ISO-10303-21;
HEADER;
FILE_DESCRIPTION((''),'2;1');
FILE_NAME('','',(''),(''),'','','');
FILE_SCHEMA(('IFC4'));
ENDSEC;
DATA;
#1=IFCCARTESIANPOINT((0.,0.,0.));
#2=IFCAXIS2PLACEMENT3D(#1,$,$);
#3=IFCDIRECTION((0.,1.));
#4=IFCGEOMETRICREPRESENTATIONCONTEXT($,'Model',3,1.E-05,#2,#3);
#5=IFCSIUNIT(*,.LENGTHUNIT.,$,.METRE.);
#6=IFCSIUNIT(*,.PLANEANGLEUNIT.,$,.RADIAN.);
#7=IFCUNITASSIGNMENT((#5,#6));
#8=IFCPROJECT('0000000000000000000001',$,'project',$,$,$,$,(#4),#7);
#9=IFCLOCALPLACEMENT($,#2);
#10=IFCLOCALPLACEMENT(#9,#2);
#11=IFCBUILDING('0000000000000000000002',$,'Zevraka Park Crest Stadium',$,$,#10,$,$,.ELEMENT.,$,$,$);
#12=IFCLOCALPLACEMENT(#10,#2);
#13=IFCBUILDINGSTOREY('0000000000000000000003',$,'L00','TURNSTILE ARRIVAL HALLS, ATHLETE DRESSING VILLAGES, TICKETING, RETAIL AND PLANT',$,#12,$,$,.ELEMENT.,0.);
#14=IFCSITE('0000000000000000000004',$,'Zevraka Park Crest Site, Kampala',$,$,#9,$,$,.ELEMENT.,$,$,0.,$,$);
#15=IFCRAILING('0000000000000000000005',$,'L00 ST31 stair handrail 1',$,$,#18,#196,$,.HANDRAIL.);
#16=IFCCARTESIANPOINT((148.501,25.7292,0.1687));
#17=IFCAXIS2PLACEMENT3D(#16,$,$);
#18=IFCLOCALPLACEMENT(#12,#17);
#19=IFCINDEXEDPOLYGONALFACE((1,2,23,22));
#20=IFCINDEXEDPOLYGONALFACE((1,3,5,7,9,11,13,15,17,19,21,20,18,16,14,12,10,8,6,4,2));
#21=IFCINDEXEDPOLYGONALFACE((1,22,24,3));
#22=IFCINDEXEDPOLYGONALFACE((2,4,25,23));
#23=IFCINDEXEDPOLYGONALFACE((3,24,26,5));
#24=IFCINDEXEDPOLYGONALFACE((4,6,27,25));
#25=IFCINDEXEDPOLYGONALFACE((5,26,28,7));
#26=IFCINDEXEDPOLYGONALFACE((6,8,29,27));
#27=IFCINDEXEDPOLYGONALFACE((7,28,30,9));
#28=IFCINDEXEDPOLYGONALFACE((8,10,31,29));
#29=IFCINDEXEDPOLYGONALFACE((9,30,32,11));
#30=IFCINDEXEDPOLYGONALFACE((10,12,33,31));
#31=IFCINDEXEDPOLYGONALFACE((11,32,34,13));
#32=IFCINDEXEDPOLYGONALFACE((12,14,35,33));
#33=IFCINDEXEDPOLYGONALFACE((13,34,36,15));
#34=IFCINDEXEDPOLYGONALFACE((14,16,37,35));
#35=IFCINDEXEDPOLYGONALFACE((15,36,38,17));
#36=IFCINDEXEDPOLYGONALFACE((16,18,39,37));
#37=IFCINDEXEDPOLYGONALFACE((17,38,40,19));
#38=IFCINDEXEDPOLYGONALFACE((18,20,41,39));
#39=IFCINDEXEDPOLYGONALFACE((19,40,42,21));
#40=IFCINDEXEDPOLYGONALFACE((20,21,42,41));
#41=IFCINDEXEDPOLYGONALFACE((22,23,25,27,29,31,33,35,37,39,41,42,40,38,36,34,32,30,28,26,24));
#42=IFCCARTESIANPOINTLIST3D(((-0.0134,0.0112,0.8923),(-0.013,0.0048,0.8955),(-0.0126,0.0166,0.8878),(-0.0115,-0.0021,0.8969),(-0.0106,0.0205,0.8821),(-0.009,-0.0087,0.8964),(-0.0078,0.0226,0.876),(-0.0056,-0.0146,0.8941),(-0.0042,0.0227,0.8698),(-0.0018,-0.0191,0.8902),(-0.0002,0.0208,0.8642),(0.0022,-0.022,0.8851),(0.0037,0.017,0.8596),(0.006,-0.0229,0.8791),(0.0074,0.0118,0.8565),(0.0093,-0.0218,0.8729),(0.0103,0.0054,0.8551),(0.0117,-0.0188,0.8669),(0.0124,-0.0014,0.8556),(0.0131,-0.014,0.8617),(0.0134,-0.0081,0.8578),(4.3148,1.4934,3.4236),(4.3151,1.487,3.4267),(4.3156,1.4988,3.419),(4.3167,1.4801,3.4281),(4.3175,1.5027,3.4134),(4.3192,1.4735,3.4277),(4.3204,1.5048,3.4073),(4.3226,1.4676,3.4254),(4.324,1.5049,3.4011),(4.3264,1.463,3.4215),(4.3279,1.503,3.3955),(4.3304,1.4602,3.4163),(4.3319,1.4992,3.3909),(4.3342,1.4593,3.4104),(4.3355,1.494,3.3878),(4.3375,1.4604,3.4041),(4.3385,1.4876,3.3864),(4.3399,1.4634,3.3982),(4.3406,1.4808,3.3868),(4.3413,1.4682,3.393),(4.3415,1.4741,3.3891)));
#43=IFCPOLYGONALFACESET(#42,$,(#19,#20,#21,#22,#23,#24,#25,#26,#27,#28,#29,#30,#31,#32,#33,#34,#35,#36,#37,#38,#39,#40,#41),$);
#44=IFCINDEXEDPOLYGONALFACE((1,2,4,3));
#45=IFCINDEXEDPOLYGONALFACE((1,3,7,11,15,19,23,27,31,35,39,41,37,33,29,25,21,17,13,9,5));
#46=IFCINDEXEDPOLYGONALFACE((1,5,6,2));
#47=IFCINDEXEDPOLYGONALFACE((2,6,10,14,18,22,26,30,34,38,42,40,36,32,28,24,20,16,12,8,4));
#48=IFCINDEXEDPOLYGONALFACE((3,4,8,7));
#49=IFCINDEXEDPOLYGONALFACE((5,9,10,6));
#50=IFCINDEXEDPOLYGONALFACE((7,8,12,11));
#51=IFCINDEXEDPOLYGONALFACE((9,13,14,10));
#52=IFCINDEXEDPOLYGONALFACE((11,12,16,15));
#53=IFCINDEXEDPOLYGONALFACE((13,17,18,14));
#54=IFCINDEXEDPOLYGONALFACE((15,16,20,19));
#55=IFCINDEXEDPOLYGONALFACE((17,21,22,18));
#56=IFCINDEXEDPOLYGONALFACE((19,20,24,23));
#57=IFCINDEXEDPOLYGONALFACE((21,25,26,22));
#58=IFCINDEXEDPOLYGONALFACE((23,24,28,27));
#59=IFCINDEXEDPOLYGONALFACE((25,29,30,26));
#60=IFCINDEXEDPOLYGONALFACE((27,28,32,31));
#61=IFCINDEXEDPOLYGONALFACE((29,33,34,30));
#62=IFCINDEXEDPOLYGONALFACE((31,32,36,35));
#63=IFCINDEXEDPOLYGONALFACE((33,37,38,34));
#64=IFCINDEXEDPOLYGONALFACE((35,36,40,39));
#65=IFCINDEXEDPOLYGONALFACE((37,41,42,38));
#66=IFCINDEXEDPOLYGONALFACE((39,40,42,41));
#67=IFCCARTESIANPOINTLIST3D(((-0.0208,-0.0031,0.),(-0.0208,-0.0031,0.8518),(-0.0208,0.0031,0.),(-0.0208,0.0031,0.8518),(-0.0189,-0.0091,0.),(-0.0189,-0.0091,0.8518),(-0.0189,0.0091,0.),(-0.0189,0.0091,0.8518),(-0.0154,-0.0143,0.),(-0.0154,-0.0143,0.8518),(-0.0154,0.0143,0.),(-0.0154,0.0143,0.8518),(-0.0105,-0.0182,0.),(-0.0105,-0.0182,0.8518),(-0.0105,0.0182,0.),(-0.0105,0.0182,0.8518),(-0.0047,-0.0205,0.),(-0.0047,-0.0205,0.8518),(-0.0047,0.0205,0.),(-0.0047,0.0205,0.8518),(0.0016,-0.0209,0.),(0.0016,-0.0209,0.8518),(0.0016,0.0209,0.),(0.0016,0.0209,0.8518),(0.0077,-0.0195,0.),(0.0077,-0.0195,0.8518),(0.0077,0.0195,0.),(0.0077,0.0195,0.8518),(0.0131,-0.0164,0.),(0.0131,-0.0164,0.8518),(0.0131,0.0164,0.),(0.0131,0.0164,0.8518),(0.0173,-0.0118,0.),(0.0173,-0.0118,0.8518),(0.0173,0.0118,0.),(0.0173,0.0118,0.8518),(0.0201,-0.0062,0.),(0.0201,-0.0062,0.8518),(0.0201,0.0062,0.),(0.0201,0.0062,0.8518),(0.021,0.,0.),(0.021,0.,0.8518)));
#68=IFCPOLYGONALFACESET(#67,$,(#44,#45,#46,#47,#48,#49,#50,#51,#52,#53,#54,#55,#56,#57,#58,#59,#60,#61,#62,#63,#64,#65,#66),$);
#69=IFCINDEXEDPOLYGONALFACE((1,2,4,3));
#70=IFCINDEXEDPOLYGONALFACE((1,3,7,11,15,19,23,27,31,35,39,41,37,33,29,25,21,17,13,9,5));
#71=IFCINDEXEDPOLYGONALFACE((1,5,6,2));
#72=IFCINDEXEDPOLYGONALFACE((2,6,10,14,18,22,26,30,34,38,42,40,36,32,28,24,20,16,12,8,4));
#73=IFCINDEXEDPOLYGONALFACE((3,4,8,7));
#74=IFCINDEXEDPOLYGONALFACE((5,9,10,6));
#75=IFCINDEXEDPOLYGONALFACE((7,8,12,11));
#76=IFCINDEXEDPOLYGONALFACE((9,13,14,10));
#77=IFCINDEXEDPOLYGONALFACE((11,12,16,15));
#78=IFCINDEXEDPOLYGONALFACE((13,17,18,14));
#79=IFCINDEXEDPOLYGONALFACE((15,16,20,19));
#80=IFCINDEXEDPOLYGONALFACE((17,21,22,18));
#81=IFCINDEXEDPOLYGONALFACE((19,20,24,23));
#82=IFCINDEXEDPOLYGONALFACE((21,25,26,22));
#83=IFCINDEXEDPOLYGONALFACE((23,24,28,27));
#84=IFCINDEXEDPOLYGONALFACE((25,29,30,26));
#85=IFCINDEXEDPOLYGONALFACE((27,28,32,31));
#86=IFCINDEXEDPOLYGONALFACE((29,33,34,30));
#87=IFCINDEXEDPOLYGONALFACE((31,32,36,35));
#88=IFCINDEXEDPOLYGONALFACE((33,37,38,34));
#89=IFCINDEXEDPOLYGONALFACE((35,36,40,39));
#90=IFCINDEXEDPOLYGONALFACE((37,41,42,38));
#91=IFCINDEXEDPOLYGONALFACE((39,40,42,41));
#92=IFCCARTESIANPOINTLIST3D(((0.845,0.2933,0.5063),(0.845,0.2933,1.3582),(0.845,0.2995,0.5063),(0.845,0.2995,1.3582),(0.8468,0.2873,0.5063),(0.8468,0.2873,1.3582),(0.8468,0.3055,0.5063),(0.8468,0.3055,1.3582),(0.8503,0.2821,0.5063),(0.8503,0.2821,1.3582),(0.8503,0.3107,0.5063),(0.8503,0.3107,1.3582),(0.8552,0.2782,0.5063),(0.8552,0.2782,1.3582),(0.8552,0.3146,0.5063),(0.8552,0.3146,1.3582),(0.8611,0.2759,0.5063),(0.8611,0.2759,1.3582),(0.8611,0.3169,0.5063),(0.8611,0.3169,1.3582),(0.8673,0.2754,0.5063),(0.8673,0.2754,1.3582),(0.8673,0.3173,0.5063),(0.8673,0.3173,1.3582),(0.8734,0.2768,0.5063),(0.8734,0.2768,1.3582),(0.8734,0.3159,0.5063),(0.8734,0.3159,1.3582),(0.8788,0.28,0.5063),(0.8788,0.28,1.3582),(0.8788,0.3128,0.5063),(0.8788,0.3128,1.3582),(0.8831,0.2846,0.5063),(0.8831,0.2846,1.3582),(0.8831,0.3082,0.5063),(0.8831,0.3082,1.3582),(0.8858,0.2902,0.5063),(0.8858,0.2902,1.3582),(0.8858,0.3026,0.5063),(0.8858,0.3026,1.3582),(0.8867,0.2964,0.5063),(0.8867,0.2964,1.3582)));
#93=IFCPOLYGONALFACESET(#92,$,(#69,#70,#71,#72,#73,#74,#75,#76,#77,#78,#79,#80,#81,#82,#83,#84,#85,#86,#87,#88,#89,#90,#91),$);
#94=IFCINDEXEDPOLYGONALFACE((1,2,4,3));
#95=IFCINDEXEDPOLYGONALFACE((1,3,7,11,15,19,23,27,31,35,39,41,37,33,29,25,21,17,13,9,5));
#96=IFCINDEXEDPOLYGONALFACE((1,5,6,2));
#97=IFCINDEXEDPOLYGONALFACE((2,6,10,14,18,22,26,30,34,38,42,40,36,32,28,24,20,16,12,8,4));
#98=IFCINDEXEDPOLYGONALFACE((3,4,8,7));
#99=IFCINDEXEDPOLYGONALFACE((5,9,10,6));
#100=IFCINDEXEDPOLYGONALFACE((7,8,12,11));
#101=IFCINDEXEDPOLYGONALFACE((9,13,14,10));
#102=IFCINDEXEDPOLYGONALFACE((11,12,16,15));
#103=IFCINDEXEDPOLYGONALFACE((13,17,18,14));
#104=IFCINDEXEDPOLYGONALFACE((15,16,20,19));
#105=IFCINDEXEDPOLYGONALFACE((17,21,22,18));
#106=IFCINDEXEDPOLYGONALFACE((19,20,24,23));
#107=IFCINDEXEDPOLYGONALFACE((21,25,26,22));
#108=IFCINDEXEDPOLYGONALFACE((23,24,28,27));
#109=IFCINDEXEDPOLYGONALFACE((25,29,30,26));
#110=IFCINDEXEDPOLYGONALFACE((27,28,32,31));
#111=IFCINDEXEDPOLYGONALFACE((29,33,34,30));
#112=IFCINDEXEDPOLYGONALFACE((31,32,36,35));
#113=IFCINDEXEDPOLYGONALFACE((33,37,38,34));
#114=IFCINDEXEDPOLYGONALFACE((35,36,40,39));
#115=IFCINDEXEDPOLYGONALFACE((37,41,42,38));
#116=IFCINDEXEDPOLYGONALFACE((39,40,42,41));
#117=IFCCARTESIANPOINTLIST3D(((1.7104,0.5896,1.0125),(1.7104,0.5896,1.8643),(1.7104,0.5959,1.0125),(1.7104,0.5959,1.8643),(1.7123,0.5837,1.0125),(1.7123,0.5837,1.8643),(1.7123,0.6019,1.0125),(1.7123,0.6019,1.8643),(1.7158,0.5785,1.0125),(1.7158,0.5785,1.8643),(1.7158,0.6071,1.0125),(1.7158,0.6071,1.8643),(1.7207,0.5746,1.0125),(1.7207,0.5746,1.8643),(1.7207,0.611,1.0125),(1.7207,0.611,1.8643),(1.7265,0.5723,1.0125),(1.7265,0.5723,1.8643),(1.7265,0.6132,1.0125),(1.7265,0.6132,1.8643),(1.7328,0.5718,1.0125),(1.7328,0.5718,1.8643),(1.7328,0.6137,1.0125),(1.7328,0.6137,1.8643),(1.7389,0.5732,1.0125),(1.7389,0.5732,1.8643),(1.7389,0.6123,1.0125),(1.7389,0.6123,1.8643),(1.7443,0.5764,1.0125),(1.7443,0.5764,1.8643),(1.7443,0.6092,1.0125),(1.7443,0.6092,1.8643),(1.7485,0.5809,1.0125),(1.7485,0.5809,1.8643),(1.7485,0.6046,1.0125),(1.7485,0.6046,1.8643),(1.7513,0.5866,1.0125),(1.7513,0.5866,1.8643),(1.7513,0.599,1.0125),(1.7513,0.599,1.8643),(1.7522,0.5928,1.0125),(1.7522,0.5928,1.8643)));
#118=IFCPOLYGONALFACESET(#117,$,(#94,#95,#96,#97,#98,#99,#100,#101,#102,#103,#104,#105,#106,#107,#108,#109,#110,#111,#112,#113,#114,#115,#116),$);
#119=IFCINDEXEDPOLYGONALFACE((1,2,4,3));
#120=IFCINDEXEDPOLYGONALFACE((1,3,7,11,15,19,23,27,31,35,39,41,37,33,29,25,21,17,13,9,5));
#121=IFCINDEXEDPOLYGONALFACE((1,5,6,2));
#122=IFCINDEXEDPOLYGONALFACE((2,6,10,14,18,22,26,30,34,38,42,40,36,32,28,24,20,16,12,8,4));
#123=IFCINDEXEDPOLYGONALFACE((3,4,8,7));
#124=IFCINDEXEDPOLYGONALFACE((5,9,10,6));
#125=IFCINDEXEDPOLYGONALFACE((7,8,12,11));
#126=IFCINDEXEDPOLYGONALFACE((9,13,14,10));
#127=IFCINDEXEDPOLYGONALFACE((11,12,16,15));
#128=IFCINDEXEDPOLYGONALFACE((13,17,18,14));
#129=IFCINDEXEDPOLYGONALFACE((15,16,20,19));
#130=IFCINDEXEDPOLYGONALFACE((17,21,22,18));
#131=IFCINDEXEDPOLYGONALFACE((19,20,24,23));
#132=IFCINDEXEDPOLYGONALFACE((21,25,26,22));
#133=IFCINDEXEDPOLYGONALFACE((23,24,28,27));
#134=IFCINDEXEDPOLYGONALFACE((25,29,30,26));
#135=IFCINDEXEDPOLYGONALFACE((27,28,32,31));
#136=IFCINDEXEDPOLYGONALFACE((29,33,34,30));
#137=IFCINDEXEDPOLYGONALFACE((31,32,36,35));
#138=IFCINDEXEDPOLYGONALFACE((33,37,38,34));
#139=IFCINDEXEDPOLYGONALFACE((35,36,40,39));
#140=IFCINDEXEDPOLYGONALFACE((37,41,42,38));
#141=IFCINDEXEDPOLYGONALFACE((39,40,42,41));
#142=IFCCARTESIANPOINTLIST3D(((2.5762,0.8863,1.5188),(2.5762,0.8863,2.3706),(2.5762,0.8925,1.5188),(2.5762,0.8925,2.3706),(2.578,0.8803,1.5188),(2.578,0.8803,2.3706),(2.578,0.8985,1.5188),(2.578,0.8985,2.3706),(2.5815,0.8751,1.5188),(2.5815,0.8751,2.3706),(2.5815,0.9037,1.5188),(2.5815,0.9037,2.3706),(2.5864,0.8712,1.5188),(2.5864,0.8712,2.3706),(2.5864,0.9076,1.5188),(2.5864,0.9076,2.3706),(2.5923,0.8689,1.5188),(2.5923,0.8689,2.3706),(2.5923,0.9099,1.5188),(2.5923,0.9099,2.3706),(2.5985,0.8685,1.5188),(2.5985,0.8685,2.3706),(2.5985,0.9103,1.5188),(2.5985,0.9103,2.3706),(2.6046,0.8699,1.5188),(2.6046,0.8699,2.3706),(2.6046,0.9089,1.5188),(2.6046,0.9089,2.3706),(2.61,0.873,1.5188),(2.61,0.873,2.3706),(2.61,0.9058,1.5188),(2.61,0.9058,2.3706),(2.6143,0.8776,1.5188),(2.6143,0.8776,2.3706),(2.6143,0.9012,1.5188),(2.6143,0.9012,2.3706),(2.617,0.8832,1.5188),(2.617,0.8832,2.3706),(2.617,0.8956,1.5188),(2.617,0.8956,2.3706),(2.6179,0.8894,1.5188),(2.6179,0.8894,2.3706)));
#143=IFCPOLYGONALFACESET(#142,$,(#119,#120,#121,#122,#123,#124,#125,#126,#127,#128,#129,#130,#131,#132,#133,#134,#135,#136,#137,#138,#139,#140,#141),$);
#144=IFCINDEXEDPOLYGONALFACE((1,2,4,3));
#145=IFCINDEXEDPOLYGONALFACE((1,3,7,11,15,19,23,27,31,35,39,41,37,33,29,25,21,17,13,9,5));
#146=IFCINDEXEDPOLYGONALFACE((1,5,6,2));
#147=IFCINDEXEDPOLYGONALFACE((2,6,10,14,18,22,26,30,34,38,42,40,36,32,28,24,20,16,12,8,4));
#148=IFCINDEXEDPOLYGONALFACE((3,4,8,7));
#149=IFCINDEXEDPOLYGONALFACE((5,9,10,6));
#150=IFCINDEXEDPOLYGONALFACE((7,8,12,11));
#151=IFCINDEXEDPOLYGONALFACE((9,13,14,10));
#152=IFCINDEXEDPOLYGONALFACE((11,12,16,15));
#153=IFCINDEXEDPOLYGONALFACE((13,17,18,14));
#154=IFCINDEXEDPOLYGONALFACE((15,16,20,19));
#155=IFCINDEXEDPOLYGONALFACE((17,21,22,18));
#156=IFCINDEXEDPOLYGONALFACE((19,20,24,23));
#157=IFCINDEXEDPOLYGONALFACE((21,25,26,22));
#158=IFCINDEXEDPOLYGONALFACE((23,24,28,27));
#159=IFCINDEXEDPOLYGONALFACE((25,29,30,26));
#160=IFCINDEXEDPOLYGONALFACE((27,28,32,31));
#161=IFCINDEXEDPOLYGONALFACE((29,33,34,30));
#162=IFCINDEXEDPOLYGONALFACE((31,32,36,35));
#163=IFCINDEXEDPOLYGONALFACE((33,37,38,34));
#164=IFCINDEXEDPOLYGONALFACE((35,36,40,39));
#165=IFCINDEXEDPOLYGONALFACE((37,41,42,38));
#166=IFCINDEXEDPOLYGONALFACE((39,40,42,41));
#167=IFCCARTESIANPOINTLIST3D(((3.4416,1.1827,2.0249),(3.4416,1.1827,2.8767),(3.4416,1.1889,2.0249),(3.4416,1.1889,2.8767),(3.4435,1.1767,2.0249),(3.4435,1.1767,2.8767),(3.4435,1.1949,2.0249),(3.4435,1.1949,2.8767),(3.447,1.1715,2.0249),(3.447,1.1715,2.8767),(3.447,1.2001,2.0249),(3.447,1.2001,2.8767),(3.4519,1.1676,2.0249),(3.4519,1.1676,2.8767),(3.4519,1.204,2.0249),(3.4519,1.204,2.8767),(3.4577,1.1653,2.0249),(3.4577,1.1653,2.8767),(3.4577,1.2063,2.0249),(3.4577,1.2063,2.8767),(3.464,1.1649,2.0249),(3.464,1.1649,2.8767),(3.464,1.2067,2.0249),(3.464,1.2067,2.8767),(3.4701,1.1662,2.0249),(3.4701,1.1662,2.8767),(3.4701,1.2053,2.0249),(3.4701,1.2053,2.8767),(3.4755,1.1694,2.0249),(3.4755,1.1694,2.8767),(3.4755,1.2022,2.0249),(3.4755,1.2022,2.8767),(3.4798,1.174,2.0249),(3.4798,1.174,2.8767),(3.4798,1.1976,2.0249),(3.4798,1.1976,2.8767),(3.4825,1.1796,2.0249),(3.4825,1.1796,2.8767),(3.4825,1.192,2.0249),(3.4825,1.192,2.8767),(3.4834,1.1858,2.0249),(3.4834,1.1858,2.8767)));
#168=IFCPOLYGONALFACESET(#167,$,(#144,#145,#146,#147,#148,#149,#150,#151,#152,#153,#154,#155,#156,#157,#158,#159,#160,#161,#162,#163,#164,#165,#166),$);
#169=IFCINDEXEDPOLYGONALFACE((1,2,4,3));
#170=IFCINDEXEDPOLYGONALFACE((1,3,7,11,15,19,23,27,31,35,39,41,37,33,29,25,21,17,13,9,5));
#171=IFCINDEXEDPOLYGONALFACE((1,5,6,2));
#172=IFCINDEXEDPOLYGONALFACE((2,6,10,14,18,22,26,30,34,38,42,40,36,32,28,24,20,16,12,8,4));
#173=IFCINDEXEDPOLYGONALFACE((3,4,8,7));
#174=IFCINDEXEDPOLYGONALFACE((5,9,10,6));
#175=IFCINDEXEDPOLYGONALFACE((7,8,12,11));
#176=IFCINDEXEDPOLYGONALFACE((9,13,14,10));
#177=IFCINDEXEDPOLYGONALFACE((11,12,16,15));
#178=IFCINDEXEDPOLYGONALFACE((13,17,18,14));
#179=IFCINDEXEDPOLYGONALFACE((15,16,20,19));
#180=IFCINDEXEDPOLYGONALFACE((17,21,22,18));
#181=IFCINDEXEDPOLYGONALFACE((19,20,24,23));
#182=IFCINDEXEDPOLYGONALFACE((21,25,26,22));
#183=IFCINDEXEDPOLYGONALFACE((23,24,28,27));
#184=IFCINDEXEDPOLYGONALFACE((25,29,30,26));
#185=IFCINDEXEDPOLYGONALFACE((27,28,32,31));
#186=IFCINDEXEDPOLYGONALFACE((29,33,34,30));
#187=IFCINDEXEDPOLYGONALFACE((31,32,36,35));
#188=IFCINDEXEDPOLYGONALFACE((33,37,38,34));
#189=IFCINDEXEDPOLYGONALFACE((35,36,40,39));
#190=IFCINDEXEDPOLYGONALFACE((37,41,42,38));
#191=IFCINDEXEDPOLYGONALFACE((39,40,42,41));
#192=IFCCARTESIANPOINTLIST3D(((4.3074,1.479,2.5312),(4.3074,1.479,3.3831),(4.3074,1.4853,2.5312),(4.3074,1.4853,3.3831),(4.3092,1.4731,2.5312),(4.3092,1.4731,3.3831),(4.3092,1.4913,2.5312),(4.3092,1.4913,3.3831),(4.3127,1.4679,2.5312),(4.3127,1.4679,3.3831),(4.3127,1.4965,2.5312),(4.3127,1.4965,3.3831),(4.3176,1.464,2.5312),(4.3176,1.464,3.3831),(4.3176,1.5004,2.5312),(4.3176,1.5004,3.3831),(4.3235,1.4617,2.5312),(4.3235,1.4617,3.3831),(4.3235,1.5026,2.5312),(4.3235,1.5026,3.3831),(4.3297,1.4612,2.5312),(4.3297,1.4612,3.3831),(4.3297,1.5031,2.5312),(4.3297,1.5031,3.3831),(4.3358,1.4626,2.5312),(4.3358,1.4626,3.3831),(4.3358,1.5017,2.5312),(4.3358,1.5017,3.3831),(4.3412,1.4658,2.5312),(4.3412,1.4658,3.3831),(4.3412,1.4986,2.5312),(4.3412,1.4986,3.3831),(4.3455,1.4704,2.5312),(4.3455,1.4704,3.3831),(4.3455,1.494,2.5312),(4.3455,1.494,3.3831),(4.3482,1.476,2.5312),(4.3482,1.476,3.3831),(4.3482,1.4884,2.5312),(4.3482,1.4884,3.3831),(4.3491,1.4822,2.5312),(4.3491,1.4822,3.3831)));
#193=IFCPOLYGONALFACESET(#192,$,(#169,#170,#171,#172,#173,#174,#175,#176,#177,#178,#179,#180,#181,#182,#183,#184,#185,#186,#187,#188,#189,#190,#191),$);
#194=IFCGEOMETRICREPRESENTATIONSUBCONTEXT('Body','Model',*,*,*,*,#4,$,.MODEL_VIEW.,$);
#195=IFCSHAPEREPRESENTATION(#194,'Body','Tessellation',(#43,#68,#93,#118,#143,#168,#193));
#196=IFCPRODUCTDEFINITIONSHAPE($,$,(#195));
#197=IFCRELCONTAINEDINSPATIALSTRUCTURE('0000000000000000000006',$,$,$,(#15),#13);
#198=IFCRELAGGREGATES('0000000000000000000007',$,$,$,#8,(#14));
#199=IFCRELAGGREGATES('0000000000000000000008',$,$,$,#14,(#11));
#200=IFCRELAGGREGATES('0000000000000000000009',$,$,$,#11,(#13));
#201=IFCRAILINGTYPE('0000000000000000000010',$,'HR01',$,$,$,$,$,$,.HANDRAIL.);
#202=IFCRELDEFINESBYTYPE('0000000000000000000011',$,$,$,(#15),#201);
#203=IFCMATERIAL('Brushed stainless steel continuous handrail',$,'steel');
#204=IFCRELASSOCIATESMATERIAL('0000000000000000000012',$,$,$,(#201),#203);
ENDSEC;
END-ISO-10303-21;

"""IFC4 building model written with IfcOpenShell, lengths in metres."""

from ifc_helpers import new_model, si_unit, direction, frame, origin, origin_2d, place, context, subcontext, project, spatial, circle, extrude, material, type_object, element, save


model = new_model("IFC4")

# Units and contexts
model_context = context("Model", 3, precision=1e-05, world=origin(), true_north=direction((0.0, 1.0)))
body_context = subcontext(model_context, "Body", "Model", "MODEL_VIEW")
ifc_project = project(units=[si_unit("LENGTHUNIT", "METRE"), si_unit("PLANEANGLEUNIT", "RADIAN")], contexts=[model_context])

# Site, building, storey
site_placement = place(None, origin())
site = spatial("IfcSite", under=ifc_project, at=site_placement, Name="Zevraka Park Crest Site, Kampala", CompositionType="ELEMENT", RefElevation=0.0)
building_placement = place(site_placement, origin())
building = spatial("IfcBuilding", under=site, at=building_placement, Name="Zevraka Park Crest Stadium", CompositionType="ELEMENT")
storey_placement = place(building_placement, origin())
storey = spatial("IfcBuildingStorey", under=building, at=storey_placement, Name="L00", Description="TURNSTILE ARRIVAL HALLS, ATHLETE DRESSING VILLAGES, TICKETING, RETAIL AND PLANT", CompositionType="ELEMENT", Elevation=0.0)

# Railing
ifc_material_1 = material(Name="Brushed stainless steel continuous handrail", Category="steel")
railing_type_1 = type_object("IfcRailingType", Name="HR01", PredefinedType="HANDRAIL", material=ifc_material_1)
railing_1_placement = place(storey_placement, frame((148.501, 25.7292, 0.1687)))
element("IfcRailing", 1, at=railing_1_placement, inside=storey, type_object=railing_type_1, Name="L00 ST31 stair handrail 1", PredefinedType="HANDRAIL", context=body_context, shape_type="SweptSolid", body=[
    extrude(circle(Radius=0.0239, at=origin_2d()), frame((0.0, 0.0, 0.876), z_axis=(0.827802, 0.283483, 0.48413), x_axis=(-0.323982, 0.946063, 0.0)), (0.0, 0.0, 1.0), 5.2285),
    extrude(circle(Radius=0.021, at=origin_2d()), origin(), (0.0, 0.0, 1.0), 0.8518),
    extrude(circle(Radius=0.021, at=origin_2d()), frame((0.8657, 0.2964, 0.5063)), (0.0, 0.0, 1.0), 0.8518),
    extrude(circle(Radius=0.021, at=origin_2d()), frame((1.7312, 0.5928, 1.0125)), (0.0, 0.0, 1.0), 0.8518),
    extrude(circle(Radius=0.021, at=origin_2d()), frame((2.5969, 0.8894, 1.5188)), (0.0, 0.0, 1.0), 0.8518),
    extrude(circle(Radius=0.021, at=origin_2d()), frame((3.4624, 1.1858, 2.0249)), (0.0, 0.0, 1.0), 0.8518),
    extrude(circle(Radius=0.021, at=origin_2d()), frame((4.3281, 1.4822, 2.5312)), (0.0, 0.0, 1.0), 0.8518),
])

save(model, "model.ifc")
